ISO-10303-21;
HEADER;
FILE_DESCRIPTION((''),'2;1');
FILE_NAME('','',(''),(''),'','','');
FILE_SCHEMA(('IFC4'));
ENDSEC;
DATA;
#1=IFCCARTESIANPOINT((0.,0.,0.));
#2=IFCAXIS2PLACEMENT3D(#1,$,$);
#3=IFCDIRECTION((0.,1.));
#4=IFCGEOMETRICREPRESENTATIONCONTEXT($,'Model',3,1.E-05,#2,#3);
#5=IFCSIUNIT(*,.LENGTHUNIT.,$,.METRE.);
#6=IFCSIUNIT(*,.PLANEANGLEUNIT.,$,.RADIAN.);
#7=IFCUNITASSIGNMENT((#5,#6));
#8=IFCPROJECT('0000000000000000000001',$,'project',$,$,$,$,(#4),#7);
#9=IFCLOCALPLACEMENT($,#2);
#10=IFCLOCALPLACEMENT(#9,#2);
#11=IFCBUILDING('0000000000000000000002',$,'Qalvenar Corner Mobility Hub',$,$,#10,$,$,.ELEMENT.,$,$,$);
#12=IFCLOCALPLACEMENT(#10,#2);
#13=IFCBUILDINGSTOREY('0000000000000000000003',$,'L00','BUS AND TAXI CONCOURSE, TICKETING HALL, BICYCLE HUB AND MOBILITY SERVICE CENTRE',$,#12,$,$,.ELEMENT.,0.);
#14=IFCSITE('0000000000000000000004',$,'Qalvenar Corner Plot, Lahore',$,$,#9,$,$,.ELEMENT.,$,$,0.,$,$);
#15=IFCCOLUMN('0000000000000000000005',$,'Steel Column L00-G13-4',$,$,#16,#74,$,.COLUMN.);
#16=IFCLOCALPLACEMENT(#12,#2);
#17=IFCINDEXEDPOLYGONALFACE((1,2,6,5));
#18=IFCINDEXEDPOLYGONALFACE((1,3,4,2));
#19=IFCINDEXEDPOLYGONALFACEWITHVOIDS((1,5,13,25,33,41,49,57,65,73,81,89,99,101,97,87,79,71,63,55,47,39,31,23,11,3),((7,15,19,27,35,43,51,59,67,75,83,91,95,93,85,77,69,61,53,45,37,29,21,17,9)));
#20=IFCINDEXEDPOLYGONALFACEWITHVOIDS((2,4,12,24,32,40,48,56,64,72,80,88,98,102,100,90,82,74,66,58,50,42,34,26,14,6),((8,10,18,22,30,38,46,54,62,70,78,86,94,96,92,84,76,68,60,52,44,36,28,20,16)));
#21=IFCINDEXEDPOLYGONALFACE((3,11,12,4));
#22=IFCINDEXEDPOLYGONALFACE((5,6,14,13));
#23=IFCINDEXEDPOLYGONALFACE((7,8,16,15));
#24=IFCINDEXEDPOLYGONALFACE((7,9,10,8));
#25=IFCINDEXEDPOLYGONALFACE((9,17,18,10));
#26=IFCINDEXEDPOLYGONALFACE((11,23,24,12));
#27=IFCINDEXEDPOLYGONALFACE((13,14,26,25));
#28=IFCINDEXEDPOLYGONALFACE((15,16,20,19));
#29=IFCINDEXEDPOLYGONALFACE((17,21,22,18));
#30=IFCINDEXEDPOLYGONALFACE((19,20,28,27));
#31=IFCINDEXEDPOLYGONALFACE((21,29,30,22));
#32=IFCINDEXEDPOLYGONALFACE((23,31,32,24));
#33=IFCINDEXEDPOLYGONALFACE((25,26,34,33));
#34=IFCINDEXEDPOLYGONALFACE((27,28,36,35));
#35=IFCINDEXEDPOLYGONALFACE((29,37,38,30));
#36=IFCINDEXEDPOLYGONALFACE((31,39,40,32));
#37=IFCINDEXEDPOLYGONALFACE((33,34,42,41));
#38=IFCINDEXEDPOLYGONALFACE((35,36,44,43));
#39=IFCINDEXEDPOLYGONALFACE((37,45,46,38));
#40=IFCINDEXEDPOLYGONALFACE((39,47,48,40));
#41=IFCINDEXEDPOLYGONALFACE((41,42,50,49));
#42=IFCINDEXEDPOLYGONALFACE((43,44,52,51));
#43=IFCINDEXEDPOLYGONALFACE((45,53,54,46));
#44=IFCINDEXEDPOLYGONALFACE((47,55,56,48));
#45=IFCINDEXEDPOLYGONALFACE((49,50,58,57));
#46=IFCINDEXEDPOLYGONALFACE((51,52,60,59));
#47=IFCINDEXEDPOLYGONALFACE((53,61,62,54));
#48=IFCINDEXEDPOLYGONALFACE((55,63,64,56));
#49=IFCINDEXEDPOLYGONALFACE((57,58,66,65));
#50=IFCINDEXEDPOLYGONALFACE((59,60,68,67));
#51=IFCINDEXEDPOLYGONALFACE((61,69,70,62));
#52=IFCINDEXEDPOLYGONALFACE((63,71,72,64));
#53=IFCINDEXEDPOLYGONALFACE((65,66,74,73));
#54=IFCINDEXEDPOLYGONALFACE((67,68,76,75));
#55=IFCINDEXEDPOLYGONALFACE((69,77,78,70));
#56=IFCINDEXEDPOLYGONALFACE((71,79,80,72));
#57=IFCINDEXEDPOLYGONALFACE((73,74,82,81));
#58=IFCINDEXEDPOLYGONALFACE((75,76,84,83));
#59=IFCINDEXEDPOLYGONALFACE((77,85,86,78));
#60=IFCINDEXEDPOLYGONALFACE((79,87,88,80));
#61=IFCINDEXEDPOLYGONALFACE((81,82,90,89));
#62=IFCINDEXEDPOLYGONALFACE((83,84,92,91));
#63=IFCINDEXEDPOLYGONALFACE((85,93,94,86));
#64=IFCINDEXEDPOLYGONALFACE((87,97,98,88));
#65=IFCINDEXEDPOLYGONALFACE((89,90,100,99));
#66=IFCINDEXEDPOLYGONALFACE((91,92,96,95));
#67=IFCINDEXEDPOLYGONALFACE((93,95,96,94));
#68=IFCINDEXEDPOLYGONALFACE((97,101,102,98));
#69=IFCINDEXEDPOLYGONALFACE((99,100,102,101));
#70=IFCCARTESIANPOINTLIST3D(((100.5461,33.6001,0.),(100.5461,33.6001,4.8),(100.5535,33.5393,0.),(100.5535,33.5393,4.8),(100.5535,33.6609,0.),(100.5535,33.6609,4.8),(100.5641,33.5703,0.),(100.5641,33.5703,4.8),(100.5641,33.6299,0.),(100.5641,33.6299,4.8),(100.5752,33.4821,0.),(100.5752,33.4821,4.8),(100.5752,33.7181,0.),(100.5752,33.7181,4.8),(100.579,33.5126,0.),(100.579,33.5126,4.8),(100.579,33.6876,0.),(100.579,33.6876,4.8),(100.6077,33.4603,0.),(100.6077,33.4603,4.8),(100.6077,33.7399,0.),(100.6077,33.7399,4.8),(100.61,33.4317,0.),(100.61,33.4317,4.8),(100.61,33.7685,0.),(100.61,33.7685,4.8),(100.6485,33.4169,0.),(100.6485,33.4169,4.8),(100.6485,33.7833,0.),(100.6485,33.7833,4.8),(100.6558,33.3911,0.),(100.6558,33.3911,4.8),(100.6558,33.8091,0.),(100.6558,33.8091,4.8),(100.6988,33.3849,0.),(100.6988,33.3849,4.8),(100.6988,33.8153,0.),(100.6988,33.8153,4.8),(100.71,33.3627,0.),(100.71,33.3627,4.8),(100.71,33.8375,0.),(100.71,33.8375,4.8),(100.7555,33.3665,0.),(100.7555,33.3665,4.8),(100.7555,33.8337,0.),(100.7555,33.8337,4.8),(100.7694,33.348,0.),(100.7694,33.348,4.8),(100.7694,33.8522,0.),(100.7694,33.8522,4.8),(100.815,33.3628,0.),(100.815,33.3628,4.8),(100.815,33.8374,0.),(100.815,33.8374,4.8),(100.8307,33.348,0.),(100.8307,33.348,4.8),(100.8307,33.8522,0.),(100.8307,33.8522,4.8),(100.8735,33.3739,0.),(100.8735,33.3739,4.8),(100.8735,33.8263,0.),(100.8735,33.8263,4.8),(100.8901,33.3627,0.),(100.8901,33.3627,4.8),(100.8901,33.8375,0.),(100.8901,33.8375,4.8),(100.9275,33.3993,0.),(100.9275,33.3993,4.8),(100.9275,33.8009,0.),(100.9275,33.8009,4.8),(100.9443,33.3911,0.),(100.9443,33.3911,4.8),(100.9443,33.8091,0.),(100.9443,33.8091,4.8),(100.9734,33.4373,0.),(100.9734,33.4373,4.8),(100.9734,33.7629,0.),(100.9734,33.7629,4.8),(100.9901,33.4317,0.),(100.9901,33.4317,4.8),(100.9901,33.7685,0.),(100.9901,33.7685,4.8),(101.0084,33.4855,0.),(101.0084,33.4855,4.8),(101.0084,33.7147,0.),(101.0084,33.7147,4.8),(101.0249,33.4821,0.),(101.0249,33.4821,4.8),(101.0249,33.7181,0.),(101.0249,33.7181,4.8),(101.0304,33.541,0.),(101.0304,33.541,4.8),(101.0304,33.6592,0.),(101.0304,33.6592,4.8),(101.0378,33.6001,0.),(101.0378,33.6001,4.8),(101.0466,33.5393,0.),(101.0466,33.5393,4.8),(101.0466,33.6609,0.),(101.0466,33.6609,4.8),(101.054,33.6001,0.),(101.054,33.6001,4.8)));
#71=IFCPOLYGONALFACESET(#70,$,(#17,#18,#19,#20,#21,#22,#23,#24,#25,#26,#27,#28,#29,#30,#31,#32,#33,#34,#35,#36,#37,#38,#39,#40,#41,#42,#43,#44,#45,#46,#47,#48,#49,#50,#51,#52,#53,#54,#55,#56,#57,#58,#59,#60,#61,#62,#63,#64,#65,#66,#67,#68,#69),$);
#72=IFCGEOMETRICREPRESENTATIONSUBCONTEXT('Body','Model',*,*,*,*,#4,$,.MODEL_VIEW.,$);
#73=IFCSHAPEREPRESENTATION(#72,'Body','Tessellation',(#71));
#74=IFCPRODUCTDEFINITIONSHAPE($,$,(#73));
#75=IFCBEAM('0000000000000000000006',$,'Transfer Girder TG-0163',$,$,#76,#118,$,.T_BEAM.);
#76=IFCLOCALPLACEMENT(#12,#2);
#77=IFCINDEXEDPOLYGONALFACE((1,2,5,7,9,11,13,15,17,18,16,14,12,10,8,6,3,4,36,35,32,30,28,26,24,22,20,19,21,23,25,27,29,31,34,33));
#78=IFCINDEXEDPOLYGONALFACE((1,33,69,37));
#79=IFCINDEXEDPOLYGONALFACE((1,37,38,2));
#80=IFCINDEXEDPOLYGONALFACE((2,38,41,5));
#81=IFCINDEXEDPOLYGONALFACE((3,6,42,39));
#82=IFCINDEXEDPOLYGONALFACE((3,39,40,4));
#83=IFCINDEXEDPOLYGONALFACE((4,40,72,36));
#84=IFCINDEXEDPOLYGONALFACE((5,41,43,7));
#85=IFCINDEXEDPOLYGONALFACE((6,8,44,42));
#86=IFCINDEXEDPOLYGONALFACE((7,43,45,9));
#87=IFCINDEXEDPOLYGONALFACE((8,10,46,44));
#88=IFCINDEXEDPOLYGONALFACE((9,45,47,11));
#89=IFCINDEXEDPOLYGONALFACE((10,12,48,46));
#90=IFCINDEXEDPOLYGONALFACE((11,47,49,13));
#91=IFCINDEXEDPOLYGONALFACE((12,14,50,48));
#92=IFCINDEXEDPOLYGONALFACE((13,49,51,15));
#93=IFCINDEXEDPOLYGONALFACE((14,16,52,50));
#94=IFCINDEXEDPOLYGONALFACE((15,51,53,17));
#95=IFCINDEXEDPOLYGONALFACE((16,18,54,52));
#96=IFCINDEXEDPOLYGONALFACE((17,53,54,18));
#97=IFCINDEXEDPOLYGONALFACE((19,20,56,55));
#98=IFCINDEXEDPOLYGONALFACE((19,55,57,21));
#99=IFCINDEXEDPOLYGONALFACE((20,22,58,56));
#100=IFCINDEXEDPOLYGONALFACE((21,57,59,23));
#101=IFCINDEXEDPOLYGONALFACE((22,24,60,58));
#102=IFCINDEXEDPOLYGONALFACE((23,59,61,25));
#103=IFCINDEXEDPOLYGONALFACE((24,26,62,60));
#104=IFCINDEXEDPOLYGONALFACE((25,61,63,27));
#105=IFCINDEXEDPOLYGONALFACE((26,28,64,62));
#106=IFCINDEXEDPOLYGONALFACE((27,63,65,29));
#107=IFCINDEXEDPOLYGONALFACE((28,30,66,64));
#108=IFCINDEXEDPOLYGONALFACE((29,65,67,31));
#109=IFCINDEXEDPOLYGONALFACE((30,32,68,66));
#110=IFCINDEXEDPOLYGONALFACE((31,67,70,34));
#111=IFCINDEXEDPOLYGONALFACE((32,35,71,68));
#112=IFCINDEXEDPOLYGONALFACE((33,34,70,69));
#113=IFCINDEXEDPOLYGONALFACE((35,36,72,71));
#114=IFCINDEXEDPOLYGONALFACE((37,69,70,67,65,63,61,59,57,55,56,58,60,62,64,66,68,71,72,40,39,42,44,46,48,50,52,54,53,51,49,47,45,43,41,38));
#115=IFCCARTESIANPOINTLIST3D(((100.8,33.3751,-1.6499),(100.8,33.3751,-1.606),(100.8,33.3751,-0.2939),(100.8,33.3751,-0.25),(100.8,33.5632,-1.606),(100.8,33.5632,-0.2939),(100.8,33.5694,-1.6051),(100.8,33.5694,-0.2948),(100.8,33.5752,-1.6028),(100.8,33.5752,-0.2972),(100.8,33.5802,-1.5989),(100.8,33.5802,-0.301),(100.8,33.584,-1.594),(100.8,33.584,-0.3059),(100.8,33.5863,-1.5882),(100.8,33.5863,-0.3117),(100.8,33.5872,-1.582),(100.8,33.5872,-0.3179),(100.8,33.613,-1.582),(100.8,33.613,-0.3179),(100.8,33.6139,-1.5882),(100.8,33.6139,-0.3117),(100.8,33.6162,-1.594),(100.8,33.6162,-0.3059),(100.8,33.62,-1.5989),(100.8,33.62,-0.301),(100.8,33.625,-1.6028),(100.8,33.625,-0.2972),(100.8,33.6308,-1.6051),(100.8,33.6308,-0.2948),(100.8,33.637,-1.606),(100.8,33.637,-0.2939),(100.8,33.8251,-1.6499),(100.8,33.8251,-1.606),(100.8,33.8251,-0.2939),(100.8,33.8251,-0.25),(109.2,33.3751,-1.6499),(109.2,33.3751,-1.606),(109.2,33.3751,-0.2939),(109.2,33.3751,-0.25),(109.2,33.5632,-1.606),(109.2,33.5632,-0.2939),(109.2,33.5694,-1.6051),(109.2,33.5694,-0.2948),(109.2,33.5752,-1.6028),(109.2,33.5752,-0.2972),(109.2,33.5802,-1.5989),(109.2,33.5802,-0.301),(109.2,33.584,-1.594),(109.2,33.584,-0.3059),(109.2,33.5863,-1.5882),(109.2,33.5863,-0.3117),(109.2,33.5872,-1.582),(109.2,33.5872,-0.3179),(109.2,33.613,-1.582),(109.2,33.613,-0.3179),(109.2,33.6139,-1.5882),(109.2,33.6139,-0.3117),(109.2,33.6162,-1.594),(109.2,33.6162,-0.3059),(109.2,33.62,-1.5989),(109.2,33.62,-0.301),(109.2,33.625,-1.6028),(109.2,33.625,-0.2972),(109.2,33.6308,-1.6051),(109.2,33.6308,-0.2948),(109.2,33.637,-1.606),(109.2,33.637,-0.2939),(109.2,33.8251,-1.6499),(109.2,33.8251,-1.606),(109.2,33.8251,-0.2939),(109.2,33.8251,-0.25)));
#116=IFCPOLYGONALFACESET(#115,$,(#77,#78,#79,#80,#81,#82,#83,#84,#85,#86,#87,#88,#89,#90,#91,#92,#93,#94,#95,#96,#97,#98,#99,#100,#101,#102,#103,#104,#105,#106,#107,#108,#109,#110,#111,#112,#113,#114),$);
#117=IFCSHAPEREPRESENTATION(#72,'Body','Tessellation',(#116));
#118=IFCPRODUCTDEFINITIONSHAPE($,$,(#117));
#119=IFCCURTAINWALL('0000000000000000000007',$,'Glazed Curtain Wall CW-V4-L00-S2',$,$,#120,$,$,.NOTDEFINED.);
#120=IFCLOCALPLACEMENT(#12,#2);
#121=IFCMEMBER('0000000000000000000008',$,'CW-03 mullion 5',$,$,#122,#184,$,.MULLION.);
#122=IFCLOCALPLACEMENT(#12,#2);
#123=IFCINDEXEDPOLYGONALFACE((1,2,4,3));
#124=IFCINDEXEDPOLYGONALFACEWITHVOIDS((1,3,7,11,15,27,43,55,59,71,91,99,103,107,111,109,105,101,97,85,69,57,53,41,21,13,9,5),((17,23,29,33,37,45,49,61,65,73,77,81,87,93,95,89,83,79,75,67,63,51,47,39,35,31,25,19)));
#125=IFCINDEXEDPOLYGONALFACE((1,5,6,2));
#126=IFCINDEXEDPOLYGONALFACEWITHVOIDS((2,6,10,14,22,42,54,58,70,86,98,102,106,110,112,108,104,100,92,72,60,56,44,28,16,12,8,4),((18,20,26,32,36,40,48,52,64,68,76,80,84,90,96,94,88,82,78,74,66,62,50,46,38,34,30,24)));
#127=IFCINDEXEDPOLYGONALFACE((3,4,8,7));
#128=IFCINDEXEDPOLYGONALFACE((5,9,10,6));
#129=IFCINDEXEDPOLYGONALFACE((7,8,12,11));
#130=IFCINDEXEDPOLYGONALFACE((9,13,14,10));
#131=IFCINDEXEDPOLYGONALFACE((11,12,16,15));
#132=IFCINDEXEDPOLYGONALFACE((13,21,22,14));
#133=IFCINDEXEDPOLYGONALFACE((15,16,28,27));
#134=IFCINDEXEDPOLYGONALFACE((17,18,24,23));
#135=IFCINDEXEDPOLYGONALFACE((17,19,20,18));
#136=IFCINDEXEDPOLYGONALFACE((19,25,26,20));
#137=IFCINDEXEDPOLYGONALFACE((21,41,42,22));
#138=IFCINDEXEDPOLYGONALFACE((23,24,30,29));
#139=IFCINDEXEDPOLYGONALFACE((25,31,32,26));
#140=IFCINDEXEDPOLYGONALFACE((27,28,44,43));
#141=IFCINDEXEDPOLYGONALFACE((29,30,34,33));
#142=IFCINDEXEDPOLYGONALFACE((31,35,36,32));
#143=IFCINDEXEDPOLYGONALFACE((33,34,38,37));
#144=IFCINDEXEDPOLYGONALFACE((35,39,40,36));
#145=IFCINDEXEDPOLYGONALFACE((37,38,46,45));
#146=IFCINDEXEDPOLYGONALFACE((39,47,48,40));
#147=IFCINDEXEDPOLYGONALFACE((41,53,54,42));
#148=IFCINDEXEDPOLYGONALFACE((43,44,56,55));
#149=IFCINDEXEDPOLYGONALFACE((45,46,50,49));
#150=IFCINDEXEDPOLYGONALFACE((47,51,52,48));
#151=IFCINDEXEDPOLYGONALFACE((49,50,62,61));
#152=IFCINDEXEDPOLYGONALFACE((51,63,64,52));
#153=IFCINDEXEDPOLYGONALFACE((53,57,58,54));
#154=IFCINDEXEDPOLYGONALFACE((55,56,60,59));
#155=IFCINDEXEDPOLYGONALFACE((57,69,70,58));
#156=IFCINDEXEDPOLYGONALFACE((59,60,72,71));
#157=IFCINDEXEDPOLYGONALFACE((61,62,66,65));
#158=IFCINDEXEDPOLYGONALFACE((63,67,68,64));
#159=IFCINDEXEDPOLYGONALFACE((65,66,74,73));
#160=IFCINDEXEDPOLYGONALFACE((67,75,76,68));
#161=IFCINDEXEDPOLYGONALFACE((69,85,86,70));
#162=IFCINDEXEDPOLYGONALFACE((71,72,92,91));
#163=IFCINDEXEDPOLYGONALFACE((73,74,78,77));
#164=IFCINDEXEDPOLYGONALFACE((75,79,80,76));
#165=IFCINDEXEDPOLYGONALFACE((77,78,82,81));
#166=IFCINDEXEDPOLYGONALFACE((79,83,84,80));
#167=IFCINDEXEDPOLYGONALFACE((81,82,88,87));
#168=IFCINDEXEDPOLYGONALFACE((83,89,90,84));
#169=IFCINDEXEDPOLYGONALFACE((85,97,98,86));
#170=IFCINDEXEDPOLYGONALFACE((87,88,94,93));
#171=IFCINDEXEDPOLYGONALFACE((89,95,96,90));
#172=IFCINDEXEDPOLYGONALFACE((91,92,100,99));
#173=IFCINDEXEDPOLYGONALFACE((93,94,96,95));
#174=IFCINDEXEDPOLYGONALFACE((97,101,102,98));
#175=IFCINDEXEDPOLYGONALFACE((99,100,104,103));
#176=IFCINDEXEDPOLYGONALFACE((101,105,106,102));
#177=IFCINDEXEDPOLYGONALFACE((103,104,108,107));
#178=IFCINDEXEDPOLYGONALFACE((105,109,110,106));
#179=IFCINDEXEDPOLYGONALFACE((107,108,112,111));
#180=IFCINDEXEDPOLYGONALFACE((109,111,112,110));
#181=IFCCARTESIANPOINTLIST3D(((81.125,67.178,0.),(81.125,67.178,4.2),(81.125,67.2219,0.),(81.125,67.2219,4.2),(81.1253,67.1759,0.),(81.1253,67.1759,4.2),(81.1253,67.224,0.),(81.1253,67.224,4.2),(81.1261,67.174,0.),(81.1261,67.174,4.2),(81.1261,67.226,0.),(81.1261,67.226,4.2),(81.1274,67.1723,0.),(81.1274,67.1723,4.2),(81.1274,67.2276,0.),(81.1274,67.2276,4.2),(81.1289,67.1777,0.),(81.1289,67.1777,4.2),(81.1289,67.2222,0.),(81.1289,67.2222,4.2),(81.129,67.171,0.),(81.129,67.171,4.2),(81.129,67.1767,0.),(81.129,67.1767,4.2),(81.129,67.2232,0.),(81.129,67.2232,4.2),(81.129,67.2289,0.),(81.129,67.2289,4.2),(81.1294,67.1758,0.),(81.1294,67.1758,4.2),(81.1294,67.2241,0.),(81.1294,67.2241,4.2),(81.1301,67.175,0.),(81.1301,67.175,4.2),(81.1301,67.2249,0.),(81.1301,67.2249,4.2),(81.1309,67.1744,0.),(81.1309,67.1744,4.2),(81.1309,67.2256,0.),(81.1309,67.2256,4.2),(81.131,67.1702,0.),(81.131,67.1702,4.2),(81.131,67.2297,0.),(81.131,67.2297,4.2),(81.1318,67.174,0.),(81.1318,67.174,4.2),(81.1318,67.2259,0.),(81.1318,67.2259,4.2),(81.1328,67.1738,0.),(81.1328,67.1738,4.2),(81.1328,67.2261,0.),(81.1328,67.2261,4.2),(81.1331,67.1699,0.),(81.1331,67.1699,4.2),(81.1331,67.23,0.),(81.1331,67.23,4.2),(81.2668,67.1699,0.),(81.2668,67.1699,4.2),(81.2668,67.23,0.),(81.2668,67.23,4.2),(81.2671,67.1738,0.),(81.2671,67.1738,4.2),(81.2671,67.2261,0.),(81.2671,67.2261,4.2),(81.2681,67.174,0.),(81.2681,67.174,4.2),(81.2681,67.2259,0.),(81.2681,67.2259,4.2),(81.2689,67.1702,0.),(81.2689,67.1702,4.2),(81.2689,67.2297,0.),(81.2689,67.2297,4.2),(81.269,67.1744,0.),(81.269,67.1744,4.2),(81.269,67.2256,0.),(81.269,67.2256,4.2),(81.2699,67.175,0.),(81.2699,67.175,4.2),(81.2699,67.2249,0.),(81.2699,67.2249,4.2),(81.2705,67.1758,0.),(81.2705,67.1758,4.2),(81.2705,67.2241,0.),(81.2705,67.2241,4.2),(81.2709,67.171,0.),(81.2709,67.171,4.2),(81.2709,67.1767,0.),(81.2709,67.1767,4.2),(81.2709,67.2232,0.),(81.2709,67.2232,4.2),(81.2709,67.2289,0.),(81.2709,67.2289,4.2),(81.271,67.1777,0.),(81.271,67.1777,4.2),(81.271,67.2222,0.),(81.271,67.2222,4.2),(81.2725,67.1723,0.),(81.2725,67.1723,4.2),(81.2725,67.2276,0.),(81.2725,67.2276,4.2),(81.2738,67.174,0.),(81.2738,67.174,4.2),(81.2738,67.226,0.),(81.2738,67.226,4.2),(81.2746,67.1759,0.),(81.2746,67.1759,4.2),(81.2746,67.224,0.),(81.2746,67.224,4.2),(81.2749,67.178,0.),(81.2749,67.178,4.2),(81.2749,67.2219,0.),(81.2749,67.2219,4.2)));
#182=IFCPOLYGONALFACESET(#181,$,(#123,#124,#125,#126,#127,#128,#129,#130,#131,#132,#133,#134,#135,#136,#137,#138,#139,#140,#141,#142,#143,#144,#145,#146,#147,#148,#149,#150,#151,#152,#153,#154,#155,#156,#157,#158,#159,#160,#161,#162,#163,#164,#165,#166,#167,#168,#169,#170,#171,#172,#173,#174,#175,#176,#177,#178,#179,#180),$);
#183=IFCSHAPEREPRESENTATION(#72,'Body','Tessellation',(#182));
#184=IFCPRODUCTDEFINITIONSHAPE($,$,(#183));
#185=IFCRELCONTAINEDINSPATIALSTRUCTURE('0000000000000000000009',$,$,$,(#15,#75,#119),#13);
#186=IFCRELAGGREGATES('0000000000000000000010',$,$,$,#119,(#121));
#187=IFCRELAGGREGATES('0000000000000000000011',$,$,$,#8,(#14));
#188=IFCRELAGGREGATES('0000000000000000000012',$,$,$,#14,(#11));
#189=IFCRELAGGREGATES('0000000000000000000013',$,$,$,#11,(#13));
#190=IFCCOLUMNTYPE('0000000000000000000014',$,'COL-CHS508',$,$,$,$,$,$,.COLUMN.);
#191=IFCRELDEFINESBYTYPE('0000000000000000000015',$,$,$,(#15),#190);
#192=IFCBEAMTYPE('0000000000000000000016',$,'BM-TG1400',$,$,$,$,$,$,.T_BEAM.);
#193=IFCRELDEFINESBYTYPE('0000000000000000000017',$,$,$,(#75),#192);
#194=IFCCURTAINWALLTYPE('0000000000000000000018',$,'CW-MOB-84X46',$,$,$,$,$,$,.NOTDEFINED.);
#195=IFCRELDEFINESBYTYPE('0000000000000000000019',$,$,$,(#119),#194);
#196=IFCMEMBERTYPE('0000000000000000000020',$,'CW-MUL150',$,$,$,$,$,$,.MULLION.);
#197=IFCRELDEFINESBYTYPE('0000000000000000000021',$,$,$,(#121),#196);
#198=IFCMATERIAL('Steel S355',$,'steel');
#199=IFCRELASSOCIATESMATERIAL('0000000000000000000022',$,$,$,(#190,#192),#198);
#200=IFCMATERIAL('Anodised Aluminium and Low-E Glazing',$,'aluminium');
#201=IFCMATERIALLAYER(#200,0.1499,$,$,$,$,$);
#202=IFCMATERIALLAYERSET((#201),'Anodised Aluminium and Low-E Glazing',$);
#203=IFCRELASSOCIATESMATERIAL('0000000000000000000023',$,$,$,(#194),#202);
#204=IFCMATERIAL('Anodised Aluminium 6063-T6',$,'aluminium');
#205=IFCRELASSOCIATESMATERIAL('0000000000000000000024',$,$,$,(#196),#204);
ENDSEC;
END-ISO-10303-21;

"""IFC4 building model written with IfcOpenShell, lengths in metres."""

from ifc_helpers import new_model, si_unit, direction, frame, origin, origin_2d, place, context, subcontext, project, spatial, hollow_rectangle, hollow_circle, i_section, extrude, material, layer, layer_set, material_profile, profile_set, type_object, element, aggregate, save


model = new_model("IFC4")

# Units and contexts
model_context = context("Model", 3, precision=1e-05, world=origin(), true_north=direction((0.0, 1.0)))
body_context = subcontext(model_context, "Body", "Model", "MODEL_VIEW")
ifc_project = project(units=[si_unit("LENGTHUNIT", "METRE"), si_unit("PLANEANGLEUNIT", "RADIAN")], contexts=[model_context])

# Site, building, storey
site_placement = place(None, origin())
site = spatial("IfcSite", under=ifc_project, at=site_placement, Name="Qalvenar Corner Plot, Lahore", CompositionType="ELEMENT", RefElevation=0.0)
building_placement = place(site_placement, origin())
building = spatial("IfcBuilding", under=site, at=building_placement, Name="Qalvenar Corner Mobility Hub", CompositionType="ELEMENT")
storey_placement = place(building_placement, origin())
storey = spatial("IfcBuildingStorey", under=building, at=storey_placement, Name="L00", Description="BUS AND TAXI CONCOURSE, TICKETING HALL, BICYCLE HUB AND MOBILITY SERVICE CENTRE", CompositionType="ELEMENT", Elevation=0.0)

# Column
ifc_material_1 = material(Name="Steel S355", Category="steel")
ifc_material_profile_1 = material_profile(ifc_material_1, hollow_circle(Radius=0.2539, WallThickness=0.0161, at=origin_2d()), Name="CHS508x16")
ifc_profile_set_1 = profile_set([ifc_material_profile_1], Name="Steel S355")
column_type = type_object("IfcColumnType", Name="COL-CHS508", PredefinedType="COLUMN", material=ifc_profile_set_1)
column_placement = place(storey_placement, frame((100.8, 33.6001, 0.0), z_axis=(0.0, 0.0, 1.0), x_axis=(1.0, 0.0, 0.0)))
element("IfcColumn", 1, at=column_placement, inside=storey, type_object=column_type, Name="Steel Column L00-G13-4", PredefinedType="COLUMN", context=body_context, shape_type="SweptSolid", body=[
    extrude(hollow_circle(Radius=0.2539, WallThickness=0.0161, at=origin_2d()), origin(), (0.0, 0.0, 1.0), 4.8),
])

# Beam
ifc_material_profile_2 = material_profile(ifc_material_1, i_section(OverallWidth=0.45, OverallDepth=1.3999, WebThickness=0.0259, FlangeThickness=0.0439, FilletRadius=0.0239, at=origin_2d()), Name="W1100x499-TG1400")
ifc_profile_set_2 = profile_set([ifc_material_profile_2], Name="Steel S355")
beam_type = type_object("IfcBeamType", Name="BM-TG1400", PredefinedType="T_BEAM", material=ifc_profile_set_2)
beam_placement = place(storey_placement, frame((100.8, 33.6001, -0.95), z_axis=(1.0, 0.0, 0.0), x_axis=(0.0, 1.0, 0.0)))
element("IfcBeam", 2, at=beam_placement, inside=storey, type_object=beam_type, Name="Transfer Girder TG-0163", PredefinedType="T_BEAM", context=body_context, shape_type="SweptSolid", body=[
    extrude(i_section(OverallWidth=0.45, OverallDepth=1.3999, WebThickness=0.0259, FlangeThickness=0.0439, FilletRadius=0.0239, at=origin_2d()), origin(), (0.0, 0.0, 1.0), 8.3999),
])

# Curtain wall, member
ifc_material_2 = material(Name="Anodised Aluminium and Low-E Glazing", Category="aluminium")
ifc_layer_1 = layer(ifc_material_2, 0.1499)
ifc_layer_set_1 = layer_set([ifc_layer_1], Name="Anodised Aluminium and Low-E Glazing")
curtain_wall_type_1 = type_object("IfcCurtainWallType", Name="CW-MOB-84X46", PredefinedType="NOTDEFINED", material=ifc_layer_set_1)
curtain_wall_1_placement = place(storey_placement, origin())
curtain_wall_1 = element("IfcCurtainWall", 3, at=curtain_wall_1_placement, inside=storey, type_object=curtain_wall_type_1, Name="Glazed Curtain Wall CW-V4-L00-S2", PredefinedType="NOTDEFINED")
ifc_material_3 = material(Name="Anodised Aluminium 6063-T6", Category="aluminium")
ifc_material_profile_3 = material_profile(ifc_material_3, hollow_rectangle(XDim=0.0601, YDim=0.1499, WallThickness=0.0039, InnerFilletRadius=0.0039, OuterFilletRadius=0.0081, at=origin_2d()), Name="RHS150x60x4")
ifc_profile_set_3 = profile_set([ifc_material_profile_3], Name="Anodised Aluminium 6063-T6")
member_type_1 = type_object("IfcMemberType", Name="CW-MUL150", PredefinedType="MULLION", material=ifc_profile_set_3)
member_1_placement = place(storey_placement, frame((81.2, 67.2, 0.0), z_axis=(0.0, 0.0, 1.0), x_axis=(0.0, 1.0, 0.0)))
member_1 = element("IfcMember", 4, at=member_1_placement, type_object=member_type_1, Name="CW-03 mullion 5", PredefinedType="MULLION", context=body_context, shape_type="SweptSolid", body=[
    extrude(hollow_rectangle(XDim=0.0601, YDim=0.1499, WallThickness=0.0039, InnerFilletRadius=0.0039, OuterFilletRadius=0.0081, at=origin_2d()), origin(), (0.0, 0.0, 1.0), 4.2),
])

aggregate(curtain_wall_1, [member_1])

save(model, "model.ifc")
